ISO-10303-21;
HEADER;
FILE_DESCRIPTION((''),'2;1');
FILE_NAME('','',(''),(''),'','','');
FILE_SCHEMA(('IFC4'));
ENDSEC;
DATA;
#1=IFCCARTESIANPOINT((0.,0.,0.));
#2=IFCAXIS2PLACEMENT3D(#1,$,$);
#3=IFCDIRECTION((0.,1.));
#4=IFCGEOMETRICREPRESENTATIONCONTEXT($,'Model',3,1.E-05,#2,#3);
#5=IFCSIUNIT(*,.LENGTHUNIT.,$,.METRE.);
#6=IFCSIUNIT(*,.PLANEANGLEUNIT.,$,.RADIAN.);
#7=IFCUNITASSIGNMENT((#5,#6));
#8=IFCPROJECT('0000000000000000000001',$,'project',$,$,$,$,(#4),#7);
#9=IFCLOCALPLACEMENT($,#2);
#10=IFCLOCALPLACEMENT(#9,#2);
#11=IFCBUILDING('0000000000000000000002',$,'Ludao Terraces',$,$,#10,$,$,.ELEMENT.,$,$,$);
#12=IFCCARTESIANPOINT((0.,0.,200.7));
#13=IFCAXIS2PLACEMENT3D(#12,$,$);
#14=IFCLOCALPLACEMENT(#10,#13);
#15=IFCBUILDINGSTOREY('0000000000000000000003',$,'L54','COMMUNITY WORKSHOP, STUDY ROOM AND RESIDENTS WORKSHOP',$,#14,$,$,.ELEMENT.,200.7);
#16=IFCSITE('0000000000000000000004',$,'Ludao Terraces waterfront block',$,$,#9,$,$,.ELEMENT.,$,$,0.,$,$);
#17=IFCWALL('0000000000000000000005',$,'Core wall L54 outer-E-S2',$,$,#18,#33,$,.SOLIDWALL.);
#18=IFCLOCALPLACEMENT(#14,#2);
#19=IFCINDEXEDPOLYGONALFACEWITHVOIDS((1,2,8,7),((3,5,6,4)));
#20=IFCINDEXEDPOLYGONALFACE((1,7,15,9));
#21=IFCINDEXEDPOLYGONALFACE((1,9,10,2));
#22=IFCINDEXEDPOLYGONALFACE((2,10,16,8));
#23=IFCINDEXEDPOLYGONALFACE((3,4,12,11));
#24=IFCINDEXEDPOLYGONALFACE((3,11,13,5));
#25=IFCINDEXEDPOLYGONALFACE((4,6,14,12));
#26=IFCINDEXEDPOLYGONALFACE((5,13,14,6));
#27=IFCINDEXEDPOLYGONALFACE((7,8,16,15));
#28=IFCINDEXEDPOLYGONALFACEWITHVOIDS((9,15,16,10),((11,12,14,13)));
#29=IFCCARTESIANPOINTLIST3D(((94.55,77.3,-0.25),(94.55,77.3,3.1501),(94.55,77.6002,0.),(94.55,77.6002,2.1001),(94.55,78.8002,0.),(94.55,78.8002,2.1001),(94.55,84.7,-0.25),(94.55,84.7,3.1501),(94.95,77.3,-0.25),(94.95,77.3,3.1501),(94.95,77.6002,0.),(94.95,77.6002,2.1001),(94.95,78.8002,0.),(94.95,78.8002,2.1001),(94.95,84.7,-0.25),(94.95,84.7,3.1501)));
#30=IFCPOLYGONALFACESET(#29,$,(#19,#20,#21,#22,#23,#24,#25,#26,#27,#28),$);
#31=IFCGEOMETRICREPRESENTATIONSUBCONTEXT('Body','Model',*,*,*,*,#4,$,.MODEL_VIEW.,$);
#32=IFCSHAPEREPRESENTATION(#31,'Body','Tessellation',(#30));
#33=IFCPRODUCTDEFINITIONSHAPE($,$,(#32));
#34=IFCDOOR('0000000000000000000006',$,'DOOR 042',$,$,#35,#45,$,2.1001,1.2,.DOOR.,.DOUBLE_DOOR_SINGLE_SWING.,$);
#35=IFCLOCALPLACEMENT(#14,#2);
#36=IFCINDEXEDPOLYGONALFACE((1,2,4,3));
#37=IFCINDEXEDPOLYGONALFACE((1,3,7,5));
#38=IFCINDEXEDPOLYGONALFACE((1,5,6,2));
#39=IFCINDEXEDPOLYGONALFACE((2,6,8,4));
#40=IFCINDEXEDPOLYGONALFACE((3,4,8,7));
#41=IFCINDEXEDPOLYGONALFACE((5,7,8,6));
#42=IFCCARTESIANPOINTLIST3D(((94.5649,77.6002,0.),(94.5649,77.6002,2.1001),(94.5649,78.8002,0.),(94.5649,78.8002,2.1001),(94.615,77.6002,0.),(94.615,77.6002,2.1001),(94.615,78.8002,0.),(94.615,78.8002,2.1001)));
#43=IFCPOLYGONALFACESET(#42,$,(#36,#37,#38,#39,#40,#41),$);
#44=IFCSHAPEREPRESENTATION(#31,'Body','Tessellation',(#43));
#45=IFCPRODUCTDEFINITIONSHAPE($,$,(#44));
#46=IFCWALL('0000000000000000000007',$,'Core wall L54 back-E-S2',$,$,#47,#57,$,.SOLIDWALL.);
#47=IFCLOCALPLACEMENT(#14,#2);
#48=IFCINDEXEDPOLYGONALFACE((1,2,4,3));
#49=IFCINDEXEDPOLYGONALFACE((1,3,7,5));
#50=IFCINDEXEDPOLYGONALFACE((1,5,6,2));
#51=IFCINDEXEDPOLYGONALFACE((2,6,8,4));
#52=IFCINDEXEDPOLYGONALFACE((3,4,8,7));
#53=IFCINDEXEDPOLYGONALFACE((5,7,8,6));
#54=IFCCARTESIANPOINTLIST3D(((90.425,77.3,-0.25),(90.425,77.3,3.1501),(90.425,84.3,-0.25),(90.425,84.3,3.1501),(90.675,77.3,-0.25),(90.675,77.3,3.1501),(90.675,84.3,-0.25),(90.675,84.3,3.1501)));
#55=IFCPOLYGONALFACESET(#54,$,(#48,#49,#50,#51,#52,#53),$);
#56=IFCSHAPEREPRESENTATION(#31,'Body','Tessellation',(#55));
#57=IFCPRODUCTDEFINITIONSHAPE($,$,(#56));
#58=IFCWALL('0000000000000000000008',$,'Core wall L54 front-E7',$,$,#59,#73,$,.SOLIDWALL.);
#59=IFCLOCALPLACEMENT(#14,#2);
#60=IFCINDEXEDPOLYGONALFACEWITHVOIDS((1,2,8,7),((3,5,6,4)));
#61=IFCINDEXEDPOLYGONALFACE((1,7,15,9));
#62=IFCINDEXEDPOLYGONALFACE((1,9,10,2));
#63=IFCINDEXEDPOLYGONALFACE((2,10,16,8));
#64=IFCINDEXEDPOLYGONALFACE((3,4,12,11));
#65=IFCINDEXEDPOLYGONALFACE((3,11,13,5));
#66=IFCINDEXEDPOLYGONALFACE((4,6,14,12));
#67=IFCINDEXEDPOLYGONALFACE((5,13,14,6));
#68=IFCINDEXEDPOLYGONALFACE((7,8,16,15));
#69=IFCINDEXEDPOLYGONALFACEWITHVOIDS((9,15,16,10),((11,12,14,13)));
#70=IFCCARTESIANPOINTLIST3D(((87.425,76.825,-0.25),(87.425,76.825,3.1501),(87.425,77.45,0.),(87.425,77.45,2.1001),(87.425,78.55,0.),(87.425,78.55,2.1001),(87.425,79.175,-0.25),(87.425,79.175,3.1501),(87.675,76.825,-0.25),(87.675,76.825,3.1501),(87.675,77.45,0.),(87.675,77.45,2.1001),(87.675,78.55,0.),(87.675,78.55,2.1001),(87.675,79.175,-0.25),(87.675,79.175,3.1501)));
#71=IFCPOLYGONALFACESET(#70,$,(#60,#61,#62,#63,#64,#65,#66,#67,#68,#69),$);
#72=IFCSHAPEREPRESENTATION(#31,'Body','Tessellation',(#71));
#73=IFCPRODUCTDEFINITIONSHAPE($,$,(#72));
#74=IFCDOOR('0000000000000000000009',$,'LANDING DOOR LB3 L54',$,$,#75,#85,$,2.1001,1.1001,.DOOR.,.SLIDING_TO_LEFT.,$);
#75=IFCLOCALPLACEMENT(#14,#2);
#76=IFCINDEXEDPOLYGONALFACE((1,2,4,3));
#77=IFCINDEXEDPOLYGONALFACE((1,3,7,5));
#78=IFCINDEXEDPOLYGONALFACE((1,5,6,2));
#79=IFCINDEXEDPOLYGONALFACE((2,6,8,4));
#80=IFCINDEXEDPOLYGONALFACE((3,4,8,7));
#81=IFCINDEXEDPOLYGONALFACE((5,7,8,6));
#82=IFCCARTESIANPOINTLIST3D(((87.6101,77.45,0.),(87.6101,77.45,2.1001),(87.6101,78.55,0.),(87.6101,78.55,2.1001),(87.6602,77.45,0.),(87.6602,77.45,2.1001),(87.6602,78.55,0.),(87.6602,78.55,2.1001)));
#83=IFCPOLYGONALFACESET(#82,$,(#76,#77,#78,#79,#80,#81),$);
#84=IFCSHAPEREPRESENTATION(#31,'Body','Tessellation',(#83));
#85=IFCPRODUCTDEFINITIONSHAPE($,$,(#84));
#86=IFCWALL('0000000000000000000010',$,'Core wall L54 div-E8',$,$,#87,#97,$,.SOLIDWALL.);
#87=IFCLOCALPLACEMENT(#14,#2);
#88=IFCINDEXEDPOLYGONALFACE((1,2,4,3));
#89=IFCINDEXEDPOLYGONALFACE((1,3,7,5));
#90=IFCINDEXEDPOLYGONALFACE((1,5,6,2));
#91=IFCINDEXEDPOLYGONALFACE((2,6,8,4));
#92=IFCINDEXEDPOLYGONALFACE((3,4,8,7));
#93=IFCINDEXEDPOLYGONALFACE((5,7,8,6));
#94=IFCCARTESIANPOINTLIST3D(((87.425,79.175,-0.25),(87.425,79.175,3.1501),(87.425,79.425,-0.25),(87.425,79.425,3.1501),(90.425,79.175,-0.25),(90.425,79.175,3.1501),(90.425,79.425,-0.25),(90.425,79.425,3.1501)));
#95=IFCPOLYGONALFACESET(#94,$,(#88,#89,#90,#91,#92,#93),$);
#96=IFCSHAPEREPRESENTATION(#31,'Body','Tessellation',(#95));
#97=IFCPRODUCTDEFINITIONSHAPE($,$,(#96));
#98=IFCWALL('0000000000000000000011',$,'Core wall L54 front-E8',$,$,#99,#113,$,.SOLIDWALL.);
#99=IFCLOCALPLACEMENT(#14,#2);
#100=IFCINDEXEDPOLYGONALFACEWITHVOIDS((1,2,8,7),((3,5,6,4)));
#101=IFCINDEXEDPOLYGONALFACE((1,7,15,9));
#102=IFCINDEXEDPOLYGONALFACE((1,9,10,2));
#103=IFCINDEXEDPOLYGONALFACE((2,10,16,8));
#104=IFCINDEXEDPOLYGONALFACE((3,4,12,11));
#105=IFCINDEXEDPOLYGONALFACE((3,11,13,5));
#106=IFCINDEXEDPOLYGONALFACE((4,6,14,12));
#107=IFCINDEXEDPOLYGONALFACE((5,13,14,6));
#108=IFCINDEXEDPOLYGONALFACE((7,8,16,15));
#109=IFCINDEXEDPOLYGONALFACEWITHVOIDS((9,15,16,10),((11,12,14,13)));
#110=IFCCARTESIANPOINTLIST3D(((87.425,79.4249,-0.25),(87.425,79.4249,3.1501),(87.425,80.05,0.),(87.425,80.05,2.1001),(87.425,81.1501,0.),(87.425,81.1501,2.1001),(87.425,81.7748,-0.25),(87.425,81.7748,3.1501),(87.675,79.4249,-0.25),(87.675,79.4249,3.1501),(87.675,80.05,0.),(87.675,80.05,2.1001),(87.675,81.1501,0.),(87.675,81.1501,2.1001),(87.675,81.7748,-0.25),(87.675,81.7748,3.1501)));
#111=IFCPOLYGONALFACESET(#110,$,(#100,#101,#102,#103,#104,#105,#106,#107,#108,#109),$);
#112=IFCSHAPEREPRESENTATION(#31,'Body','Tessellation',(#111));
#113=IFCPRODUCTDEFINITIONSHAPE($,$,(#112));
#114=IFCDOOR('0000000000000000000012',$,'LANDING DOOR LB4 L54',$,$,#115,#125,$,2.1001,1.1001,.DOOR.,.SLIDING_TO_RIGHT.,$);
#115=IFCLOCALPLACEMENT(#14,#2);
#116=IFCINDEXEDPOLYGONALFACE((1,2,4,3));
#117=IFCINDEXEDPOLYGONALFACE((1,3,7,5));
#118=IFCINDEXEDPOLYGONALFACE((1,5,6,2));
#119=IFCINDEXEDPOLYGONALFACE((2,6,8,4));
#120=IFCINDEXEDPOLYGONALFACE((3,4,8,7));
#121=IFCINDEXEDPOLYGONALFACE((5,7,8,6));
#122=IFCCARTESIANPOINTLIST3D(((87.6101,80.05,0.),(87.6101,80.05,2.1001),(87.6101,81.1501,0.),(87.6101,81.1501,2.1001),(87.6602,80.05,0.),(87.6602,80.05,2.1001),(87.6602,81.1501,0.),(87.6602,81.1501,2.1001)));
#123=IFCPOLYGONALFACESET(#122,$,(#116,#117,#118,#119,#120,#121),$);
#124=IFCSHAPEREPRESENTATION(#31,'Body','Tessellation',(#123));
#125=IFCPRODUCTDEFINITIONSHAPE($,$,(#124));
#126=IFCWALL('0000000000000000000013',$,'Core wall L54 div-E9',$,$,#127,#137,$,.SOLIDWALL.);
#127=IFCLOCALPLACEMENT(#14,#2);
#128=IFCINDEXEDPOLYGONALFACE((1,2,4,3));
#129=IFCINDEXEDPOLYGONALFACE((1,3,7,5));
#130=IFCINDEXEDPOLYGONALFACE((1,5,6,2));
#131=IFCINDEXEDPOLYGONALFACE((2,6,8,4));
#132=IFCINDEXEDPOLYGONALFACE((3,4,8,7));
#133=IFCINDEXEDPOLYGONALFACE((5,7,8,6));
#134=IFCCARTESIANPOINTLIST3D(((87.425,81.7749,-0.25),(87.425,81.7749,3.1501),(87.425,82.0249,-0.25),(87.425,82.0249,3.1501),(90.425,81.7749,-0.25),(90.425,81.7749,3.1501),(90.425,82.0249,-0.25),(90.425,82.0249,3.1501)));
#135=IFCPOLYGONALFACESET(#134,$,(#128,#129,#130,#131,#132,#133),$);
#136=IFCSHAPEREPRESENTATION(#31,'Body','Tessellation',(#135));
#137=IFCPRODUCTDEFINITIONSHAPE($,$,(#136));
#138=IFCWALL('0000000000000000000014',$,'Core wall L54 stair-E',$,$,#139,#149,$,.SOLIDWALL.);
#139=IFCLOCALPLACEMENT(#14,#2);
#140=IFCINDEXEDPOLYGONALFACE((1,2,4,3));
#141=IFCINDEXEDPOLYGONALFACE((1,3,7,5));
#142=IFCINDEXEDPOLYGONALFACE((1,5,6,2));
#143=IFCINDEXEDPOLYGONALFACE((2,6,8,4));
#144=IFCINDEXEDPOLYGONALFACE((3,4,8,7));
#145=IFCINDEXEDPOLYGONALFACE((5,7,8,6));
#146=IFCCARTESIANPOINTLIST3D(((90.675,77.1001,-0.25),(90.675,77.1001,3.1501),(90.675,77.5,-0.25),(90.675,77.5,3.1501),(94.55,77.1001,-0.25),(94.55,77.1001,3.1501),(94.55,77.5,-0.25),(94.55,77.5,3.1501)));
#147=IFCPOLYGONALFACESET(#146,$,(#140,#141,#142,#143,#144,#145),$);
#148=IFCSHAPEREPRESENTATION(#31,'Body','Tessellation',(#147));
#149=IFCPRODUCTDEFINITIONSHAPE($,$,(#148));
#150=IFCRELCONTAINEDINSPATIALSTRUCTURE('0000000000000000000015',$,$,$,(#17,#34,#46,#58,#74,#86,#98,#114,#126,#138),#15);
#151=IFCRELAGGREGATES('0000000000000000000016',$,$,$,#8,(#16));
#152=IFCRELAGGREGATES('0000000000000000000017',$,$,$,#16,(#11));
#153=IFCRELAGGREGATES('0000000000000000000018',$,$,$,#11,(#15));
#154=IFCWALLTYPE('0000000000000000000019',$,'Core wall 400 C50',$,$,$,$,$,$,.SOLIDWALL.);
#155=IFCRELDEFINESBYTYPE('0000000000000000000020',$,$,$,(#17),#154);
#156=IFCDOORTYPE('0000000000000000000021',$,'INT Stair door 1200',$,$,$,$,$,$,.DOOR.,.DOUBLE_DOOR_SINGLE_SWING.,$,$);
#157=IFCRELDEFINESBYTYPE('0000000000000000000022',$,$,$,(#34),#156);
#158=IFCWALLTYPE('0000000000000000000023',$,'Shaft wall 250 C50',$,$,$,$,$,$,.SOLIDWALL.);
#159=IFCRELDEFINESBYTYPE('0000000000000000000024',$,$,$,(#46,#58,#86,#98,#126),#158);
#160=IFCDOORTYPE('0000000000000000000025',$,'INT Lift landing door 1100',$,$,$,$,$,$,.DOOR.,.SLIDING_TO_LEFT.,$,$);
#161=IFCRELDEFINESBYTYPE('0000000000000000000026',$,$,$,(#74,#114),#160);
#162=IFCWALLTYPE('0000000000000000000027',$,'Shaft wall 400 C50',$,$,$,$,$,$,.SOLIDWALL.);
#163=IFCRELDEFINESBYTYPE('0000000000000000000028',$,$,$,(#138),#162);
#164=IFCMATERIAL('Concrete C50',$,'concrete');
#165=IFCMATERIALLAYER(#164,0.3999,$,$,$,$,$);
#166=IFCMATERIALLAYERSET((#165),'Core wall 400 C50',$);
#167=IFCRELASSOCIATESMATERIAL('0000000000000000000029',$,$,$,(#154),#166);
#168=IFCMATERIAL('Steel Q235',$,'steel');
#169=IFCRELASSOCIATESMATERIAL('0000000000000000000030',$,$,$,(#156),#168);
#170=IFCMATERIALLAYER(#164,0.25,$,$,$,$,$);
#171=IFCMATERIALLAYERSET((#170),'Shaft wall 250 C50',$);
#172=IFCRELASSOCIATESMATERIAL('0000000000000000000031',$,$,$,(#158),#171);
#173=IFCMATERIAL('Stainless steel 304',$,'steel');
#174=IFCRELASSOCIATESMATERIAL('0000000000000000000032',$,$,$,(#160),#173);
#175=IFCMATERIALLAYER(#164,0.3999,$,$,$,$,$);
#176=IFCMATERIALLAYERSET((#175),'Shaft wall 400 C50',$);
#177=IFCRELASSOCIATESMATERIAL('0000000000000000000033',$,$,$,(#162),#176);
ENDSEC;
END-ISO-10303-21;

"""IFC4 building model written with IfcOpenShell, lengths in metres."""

from ifc_helpers import new_model, si_unit, direction, frame, frame_2d, origin, place, context, subcontext, project, spatial, rectangle, extrude, material, layer, layer_set, type_object, element, fill, save


model = new_model("IFC4")

# Units and contexts
model_context = context("Model", 3, precision=1e-05, world=origin(), true_north=direction((0.0, 1.0)))
body_context = subcontext(model_context, "Body", "Model", "MODEL_VIEW")
ifc_project = project(units=[si_unit("LENGTHUNIT", "METRE"), si_unit("PLANEANGLEUNIT", "RADIAN")], contexts=[model_context])

# Site, building, storey
site_placement = place(None, origin())
site = spatial("IfcSite", under=ifc_project, at=site_placement, Name="Ludao Terraces waterfront block", CompositionType="ELEMENT", RefElevation=0.0)
building_placement = place(site_placement, origin())
building = spatial("IfcBuilding", under=site, at=building_placement, Name="Ludao Terraces", CompositionType="ELEMENT")
storey_placement = place(building_placement, frame((0.0, 0.0, 200.7)))
storey = spatial("IfcBuildingStorey", under=building, at=storey_placement, Name="L54", Description="COMMUNITY WORKSHOP, STUDY ROOM AND RESIDENTS WORKSHOP", CompositionType="ELEMENT", Elevation=200.7)

# Wall, opening, door
ifc_material_1 = material(Name="Concrete C50", Category="concrete")
ifc_layer_1 = layer(ifc_material_1, 0.3999)
ifc_layer_set_1 = layer_set([ifc_layer_1], Name="Core wall 400 C50")
wall_type_1 = type_object("IfcWallType", Name="Core wall 400 C50", PredefinedType="SOLIDWALL", material=ifc_layer_set_1)
wall_1_placement = place(storey_placement, frame((94.75, 77.3, -0.25), z_axis=(0.0, 0.0, 1.0), x_axis=(0.0, 1.0, 0.0)))
wall_1 = element("IfcWall", 1, at=wall_1_placement, inside=storey, type_object=wall_type_1, Name="Core wall L54 outer-E-S2", PredefinedType="SOLIDWALL", context=body_context, shape_type="SweptSolid", body=[
    extrude(rectangle(XDim=7.3999, YDim=0.3999, at=frame_2d((3.7, 0.0))), origin(), (0.0, 0.0, 1.0), 3.4001),
])
opening_1_placement = place(wall_1_placement, frame((0.3, 0.0, 0.25)))
opening_1 = element("IfcOpeningElement", 2, at=opening_1_placement, cuts=wall_1, PredefinedType="OPENING", context=body_context, shape_type="SweptSolid", body=[
    extrude(rectangle(XDim=1.2, YDim=2.1001, at=frame_2d((0.6001, 1.05))), frame((0.0, 0.21, 0.0), z_axis=(0.0, -1.0, 0.0), x_axis=(1.0, 0.0, 0.0)), (0.0, 0.0, 1.0), 0.4199),
])
ifc_material_2 = material(Name="Steel Q235", Category="steel")
door_type_1 = type_object("IfcDoorType", Name="INT Stair door 1200", OperationType="DOUBLE_DOOR_SINGLE_SWING", PredefinedType="DOOR", material=ifc_material_2)
door_1_placement = place(opening_1_placement, origin())
door_1 = element("IfcDoor", 3, at=door_1_placement, inside=storey, type_object=door_type_1, Name="DOOR 042", OperationType="DOUBLE_DOOR_SINGLE_SWING", OverallHeight=2.1001, OverallWidth=1.2, PredefinedType="DOOR", context=body_context, shape_type="SweptSolid", body=[
    extrude(rectangle(XDim=1.2, YDim=2.1001, at=frame_2d((0.6001, 1.05))), frame((0.0, 0.1851, 0.0), z_axis=(0.0, -1.0, 0.0), x_axis=(1.0, 0.0, 0.0)), (0.0, 0.0, 1.0), 0.05),
])
fill(opening_1, door_1)

# Wall
ifc_layer_2 = layer(ifc_material_1, 0.25)
ifc_layer_set_2 = layer_set([ifc_layer_2], Name="Shaft wall 250 C50")
wall_type_2 = type_object("IfcWallType", Name="Shaft wall 250 C50", PredefinedType="SOLIDWALL", material=ifc_layer_set_2)
wall_2_placement = place(storey_placement, frame((90.55, 77.3, -0.25), z_axis=(0.0, 0.0, 1.0), x_axis=(0.0, 1.0, 0.0)))
element("IfcWall", 4, at=wall_2_placement, inside=storey, type_object=wall_type_2, Name="Core wall L54 back-E-S2", PredefinedType="SOLIDWALL", context=body_context, shape_type="SweptSolid", body=[
    extrude(rectangle(XDim=7.0, YDim=0.25, at=frame_2d((3.5, 0.0))), origin(), (0.0, 0.0, 1.0), 3.4001),
])

# Wall, opening, door
wall_3_placement = place(storey_placement, frame((87.55, 76.825, -0.25), z_axis=(0.0, 0.0, 1.0), x_axis=(0.0, 1.0, 0.0)))
wall_3 = element("IfcWall", 5, at=wall_3_placement, inside=storey, type_object=wall_type_2, Name="Core wall L54 front-E7", PredefinedType="SOLIDWALL", context=body_context, shape_type="SweptSolid", body=[
    extrude(rectangle(XDim=2.3501, YDim=0.25, at=frame_2d((1.175, 0.0))), origin(), (0.0, 0.0, 1.0), 3.4001),
])
opening_2_placement = place(wall_3_placement, frame((0.625, 0.0, 0.25)))
opening_2 = element("IfcOpeningElement", 6, at=opening_2_placement, cuts=wall_3, PredefinedType="OPENING", context=body_context, shape_type="SweptSolid", body=[
    extrude(rectangle(XDim=1.1001, YDim=2.1001, at=frame_2d((0.55, 1.05))), frame((0.0, 0.135, 0.0), z_axis=(0.0, -1.0, 0.0), x_axis=(1.0, 0.0, 0.0)), (0.0, 0.0, 1.0), 0.27),
])
ifc_material_3 = material(Name="Stainless steel 304", Category="steel")
door_type_2 = type_object("IfcDoorType", Name="INT Lift landing door 1100", OperationType="SLIDING_TO_LEFT", PredefinedType="DOOR", material=ifc_material_3)
door_2_placement = place(opening_2_placement, origin())
door_2 = element("IfcDoor", 7, at=door_2_placement, inside=storey, type_object=door_type_2, Name="LANDING DOOR LB3 L54", OperationType="SLIDING_TO_LEFT", OverallHeight=2.1001, OverallWidth=1.1001, PredefinedType="DOOR", context=body_context, shape_type="SweptSolid", body=[
    extrude(rectangle(XDim=1.1001, YDim=2.1001, at=frame_2d((0.55, 1.05))), frame((0.0, -0.0601, 0.0), z_axis=(0.0, -1.0, 0.0), x_axis=(1.0, 0.0, 0.0)), (0.0, 0.0, 1.0), 0.05),
])
fill(opening_2, door_2)

# Wall
wall_4_placement = place(storey_placement, frame((87.425, 79.3, -0.25), z_axis=(0.0, 0.0, 1.0), x_axis=(1.0, 0.0, 0.0)))
element("IfcWall", 8, at=wall_4_placement, inside=storey, type_object=wall_type_2, Name="Core wall L54 div-E8", PredefinedType="SOLIDWALL", context=body_context, shape_type="SweptSolid", body=[
    extrude(rectangle(XDim=3.0, YDim=0.25, at=frame_2d((1.5, 0.0))), origin(), (0.0, 0.0, 1.0), 3.4001),
])

# Wall, opening, door
wall_5_placement = place(storey_placement, frame((87.55, 79.425, -0.25), z_axis=(0.0, 0.0, 1.0), x_axis=(0.0, 1.0, 0.0)))
wall_5 = element("IfcWall", 9, at=wall_5_placement, inside=storey, type_object=wall_type_2, Name="Core wall L54 front-E8", PredefinedType="SOLIDWALL", context=body_context, shape_type="SweptSolid", body=[
    extrude(rectangle(XDim=2.3499, YDim=0.25, at=frame_2d((1.1748, 0.0))), origin(), (0.0, 0.0, 1.0), 3.4001),
])
opening_3_placement = place(wall_5_placement, frame((0.625, 0.0, 0.25)))
opening_3 = element("IfcOpeningElement", 10, at=opening_3_placement, cuts=wall_5, PredefinedType="OPENING", context=body_context, shape_type="SweptSolid", body=[
    extrude(rectangle(XDim=1.1001, YDim=2.1001, at=frame_2d((0.55, 1.05))), frame((0.0, 0.135, 0.0), z_axis=(0.0, -1.0, 0.0), x_axis=(1.0, 0.0, 0.0)), (0.0, 0.0, 1.0), 0.27),
])
door_3_placement = place(opening_3_placement, origin())
door_3 = element("IfcDoor", 11, at=door_3_placement, inside=storey, type_object=door_type_2, Name="LANDING DOOR LB4 L54", OperationType="SLIDING_TO_RIGHT", OverallHeight=2.1001, OverallWidth=1.1001, PredefinedType="DOOR", context=body_context, shape_type="SweptSolid", body=[
    extrude(rectangle(XDim=1.1001, YDim=2.1001, at=frame_2d((0.55, 1.05))), frame((0.0, -0.0601, 0.0), z_axis=(0.0, -1.0, 0.0), x_axis=(1.0, 0.0, 0.0)), (0.0, 0.0, 1.0), 0.05),
])
fill(opening_3, door_3)

# Walls
wall_6_placement = place(storey_placement, frame((87.425, 81.8999, -0.25), z_axis=(0.0, 0.0, 1.0), x_axis=(1.0, 0.0, 0.0)))
element("IfcWall", 12, at=wall_6_placement, inside=storey, type_object=wall_type_2, Name="Core wall L54 div-E9", PredefinedType="SOLIDWALL", context=body_context, shape_type="SweptSolid", body=[
    extrude(rectangle(XDim=3.0, YDim=0.25, at=frame_2d((1.5, 0.0))), origin(), (0.0, 0.0, 1.0), 3.4001),
])
ifc_layer_3 = layer(ifc_material_1, 0.3999)
ifc_layer_set_3 = layer_set([ifc_layer_3], Name="Shaft wall 400 C50")
wall_type_3 = type_object("IfcWallType", Name="Shaft wall 400 C50", PredefinedType="SOLIDWALL", material=ifc_layer_set_3)
wall_7_placement = place(storey_placement, frame((90.675, 77.3, -0.25), z_axis=(0.0, 0.0, 1.0), x_axis=(1.0, 0.0, 0.0)))
element("IfcWall", 13, at=wall_7_placement, inside=storey, type_object=wall_type_3, Name="Core wall L54 stair-E", PredefinedType="SOLIDWALL", context=body_context, shape_type="SweptSolid", body=[
    extrude(rectangle(XDim=3.875, YDim=0.3999, at=frame_2d((1.9375, 0.0))), origin(), (0.0, 0.0, 1.0), 3.4001),
])

save(model, "model.ifc")
